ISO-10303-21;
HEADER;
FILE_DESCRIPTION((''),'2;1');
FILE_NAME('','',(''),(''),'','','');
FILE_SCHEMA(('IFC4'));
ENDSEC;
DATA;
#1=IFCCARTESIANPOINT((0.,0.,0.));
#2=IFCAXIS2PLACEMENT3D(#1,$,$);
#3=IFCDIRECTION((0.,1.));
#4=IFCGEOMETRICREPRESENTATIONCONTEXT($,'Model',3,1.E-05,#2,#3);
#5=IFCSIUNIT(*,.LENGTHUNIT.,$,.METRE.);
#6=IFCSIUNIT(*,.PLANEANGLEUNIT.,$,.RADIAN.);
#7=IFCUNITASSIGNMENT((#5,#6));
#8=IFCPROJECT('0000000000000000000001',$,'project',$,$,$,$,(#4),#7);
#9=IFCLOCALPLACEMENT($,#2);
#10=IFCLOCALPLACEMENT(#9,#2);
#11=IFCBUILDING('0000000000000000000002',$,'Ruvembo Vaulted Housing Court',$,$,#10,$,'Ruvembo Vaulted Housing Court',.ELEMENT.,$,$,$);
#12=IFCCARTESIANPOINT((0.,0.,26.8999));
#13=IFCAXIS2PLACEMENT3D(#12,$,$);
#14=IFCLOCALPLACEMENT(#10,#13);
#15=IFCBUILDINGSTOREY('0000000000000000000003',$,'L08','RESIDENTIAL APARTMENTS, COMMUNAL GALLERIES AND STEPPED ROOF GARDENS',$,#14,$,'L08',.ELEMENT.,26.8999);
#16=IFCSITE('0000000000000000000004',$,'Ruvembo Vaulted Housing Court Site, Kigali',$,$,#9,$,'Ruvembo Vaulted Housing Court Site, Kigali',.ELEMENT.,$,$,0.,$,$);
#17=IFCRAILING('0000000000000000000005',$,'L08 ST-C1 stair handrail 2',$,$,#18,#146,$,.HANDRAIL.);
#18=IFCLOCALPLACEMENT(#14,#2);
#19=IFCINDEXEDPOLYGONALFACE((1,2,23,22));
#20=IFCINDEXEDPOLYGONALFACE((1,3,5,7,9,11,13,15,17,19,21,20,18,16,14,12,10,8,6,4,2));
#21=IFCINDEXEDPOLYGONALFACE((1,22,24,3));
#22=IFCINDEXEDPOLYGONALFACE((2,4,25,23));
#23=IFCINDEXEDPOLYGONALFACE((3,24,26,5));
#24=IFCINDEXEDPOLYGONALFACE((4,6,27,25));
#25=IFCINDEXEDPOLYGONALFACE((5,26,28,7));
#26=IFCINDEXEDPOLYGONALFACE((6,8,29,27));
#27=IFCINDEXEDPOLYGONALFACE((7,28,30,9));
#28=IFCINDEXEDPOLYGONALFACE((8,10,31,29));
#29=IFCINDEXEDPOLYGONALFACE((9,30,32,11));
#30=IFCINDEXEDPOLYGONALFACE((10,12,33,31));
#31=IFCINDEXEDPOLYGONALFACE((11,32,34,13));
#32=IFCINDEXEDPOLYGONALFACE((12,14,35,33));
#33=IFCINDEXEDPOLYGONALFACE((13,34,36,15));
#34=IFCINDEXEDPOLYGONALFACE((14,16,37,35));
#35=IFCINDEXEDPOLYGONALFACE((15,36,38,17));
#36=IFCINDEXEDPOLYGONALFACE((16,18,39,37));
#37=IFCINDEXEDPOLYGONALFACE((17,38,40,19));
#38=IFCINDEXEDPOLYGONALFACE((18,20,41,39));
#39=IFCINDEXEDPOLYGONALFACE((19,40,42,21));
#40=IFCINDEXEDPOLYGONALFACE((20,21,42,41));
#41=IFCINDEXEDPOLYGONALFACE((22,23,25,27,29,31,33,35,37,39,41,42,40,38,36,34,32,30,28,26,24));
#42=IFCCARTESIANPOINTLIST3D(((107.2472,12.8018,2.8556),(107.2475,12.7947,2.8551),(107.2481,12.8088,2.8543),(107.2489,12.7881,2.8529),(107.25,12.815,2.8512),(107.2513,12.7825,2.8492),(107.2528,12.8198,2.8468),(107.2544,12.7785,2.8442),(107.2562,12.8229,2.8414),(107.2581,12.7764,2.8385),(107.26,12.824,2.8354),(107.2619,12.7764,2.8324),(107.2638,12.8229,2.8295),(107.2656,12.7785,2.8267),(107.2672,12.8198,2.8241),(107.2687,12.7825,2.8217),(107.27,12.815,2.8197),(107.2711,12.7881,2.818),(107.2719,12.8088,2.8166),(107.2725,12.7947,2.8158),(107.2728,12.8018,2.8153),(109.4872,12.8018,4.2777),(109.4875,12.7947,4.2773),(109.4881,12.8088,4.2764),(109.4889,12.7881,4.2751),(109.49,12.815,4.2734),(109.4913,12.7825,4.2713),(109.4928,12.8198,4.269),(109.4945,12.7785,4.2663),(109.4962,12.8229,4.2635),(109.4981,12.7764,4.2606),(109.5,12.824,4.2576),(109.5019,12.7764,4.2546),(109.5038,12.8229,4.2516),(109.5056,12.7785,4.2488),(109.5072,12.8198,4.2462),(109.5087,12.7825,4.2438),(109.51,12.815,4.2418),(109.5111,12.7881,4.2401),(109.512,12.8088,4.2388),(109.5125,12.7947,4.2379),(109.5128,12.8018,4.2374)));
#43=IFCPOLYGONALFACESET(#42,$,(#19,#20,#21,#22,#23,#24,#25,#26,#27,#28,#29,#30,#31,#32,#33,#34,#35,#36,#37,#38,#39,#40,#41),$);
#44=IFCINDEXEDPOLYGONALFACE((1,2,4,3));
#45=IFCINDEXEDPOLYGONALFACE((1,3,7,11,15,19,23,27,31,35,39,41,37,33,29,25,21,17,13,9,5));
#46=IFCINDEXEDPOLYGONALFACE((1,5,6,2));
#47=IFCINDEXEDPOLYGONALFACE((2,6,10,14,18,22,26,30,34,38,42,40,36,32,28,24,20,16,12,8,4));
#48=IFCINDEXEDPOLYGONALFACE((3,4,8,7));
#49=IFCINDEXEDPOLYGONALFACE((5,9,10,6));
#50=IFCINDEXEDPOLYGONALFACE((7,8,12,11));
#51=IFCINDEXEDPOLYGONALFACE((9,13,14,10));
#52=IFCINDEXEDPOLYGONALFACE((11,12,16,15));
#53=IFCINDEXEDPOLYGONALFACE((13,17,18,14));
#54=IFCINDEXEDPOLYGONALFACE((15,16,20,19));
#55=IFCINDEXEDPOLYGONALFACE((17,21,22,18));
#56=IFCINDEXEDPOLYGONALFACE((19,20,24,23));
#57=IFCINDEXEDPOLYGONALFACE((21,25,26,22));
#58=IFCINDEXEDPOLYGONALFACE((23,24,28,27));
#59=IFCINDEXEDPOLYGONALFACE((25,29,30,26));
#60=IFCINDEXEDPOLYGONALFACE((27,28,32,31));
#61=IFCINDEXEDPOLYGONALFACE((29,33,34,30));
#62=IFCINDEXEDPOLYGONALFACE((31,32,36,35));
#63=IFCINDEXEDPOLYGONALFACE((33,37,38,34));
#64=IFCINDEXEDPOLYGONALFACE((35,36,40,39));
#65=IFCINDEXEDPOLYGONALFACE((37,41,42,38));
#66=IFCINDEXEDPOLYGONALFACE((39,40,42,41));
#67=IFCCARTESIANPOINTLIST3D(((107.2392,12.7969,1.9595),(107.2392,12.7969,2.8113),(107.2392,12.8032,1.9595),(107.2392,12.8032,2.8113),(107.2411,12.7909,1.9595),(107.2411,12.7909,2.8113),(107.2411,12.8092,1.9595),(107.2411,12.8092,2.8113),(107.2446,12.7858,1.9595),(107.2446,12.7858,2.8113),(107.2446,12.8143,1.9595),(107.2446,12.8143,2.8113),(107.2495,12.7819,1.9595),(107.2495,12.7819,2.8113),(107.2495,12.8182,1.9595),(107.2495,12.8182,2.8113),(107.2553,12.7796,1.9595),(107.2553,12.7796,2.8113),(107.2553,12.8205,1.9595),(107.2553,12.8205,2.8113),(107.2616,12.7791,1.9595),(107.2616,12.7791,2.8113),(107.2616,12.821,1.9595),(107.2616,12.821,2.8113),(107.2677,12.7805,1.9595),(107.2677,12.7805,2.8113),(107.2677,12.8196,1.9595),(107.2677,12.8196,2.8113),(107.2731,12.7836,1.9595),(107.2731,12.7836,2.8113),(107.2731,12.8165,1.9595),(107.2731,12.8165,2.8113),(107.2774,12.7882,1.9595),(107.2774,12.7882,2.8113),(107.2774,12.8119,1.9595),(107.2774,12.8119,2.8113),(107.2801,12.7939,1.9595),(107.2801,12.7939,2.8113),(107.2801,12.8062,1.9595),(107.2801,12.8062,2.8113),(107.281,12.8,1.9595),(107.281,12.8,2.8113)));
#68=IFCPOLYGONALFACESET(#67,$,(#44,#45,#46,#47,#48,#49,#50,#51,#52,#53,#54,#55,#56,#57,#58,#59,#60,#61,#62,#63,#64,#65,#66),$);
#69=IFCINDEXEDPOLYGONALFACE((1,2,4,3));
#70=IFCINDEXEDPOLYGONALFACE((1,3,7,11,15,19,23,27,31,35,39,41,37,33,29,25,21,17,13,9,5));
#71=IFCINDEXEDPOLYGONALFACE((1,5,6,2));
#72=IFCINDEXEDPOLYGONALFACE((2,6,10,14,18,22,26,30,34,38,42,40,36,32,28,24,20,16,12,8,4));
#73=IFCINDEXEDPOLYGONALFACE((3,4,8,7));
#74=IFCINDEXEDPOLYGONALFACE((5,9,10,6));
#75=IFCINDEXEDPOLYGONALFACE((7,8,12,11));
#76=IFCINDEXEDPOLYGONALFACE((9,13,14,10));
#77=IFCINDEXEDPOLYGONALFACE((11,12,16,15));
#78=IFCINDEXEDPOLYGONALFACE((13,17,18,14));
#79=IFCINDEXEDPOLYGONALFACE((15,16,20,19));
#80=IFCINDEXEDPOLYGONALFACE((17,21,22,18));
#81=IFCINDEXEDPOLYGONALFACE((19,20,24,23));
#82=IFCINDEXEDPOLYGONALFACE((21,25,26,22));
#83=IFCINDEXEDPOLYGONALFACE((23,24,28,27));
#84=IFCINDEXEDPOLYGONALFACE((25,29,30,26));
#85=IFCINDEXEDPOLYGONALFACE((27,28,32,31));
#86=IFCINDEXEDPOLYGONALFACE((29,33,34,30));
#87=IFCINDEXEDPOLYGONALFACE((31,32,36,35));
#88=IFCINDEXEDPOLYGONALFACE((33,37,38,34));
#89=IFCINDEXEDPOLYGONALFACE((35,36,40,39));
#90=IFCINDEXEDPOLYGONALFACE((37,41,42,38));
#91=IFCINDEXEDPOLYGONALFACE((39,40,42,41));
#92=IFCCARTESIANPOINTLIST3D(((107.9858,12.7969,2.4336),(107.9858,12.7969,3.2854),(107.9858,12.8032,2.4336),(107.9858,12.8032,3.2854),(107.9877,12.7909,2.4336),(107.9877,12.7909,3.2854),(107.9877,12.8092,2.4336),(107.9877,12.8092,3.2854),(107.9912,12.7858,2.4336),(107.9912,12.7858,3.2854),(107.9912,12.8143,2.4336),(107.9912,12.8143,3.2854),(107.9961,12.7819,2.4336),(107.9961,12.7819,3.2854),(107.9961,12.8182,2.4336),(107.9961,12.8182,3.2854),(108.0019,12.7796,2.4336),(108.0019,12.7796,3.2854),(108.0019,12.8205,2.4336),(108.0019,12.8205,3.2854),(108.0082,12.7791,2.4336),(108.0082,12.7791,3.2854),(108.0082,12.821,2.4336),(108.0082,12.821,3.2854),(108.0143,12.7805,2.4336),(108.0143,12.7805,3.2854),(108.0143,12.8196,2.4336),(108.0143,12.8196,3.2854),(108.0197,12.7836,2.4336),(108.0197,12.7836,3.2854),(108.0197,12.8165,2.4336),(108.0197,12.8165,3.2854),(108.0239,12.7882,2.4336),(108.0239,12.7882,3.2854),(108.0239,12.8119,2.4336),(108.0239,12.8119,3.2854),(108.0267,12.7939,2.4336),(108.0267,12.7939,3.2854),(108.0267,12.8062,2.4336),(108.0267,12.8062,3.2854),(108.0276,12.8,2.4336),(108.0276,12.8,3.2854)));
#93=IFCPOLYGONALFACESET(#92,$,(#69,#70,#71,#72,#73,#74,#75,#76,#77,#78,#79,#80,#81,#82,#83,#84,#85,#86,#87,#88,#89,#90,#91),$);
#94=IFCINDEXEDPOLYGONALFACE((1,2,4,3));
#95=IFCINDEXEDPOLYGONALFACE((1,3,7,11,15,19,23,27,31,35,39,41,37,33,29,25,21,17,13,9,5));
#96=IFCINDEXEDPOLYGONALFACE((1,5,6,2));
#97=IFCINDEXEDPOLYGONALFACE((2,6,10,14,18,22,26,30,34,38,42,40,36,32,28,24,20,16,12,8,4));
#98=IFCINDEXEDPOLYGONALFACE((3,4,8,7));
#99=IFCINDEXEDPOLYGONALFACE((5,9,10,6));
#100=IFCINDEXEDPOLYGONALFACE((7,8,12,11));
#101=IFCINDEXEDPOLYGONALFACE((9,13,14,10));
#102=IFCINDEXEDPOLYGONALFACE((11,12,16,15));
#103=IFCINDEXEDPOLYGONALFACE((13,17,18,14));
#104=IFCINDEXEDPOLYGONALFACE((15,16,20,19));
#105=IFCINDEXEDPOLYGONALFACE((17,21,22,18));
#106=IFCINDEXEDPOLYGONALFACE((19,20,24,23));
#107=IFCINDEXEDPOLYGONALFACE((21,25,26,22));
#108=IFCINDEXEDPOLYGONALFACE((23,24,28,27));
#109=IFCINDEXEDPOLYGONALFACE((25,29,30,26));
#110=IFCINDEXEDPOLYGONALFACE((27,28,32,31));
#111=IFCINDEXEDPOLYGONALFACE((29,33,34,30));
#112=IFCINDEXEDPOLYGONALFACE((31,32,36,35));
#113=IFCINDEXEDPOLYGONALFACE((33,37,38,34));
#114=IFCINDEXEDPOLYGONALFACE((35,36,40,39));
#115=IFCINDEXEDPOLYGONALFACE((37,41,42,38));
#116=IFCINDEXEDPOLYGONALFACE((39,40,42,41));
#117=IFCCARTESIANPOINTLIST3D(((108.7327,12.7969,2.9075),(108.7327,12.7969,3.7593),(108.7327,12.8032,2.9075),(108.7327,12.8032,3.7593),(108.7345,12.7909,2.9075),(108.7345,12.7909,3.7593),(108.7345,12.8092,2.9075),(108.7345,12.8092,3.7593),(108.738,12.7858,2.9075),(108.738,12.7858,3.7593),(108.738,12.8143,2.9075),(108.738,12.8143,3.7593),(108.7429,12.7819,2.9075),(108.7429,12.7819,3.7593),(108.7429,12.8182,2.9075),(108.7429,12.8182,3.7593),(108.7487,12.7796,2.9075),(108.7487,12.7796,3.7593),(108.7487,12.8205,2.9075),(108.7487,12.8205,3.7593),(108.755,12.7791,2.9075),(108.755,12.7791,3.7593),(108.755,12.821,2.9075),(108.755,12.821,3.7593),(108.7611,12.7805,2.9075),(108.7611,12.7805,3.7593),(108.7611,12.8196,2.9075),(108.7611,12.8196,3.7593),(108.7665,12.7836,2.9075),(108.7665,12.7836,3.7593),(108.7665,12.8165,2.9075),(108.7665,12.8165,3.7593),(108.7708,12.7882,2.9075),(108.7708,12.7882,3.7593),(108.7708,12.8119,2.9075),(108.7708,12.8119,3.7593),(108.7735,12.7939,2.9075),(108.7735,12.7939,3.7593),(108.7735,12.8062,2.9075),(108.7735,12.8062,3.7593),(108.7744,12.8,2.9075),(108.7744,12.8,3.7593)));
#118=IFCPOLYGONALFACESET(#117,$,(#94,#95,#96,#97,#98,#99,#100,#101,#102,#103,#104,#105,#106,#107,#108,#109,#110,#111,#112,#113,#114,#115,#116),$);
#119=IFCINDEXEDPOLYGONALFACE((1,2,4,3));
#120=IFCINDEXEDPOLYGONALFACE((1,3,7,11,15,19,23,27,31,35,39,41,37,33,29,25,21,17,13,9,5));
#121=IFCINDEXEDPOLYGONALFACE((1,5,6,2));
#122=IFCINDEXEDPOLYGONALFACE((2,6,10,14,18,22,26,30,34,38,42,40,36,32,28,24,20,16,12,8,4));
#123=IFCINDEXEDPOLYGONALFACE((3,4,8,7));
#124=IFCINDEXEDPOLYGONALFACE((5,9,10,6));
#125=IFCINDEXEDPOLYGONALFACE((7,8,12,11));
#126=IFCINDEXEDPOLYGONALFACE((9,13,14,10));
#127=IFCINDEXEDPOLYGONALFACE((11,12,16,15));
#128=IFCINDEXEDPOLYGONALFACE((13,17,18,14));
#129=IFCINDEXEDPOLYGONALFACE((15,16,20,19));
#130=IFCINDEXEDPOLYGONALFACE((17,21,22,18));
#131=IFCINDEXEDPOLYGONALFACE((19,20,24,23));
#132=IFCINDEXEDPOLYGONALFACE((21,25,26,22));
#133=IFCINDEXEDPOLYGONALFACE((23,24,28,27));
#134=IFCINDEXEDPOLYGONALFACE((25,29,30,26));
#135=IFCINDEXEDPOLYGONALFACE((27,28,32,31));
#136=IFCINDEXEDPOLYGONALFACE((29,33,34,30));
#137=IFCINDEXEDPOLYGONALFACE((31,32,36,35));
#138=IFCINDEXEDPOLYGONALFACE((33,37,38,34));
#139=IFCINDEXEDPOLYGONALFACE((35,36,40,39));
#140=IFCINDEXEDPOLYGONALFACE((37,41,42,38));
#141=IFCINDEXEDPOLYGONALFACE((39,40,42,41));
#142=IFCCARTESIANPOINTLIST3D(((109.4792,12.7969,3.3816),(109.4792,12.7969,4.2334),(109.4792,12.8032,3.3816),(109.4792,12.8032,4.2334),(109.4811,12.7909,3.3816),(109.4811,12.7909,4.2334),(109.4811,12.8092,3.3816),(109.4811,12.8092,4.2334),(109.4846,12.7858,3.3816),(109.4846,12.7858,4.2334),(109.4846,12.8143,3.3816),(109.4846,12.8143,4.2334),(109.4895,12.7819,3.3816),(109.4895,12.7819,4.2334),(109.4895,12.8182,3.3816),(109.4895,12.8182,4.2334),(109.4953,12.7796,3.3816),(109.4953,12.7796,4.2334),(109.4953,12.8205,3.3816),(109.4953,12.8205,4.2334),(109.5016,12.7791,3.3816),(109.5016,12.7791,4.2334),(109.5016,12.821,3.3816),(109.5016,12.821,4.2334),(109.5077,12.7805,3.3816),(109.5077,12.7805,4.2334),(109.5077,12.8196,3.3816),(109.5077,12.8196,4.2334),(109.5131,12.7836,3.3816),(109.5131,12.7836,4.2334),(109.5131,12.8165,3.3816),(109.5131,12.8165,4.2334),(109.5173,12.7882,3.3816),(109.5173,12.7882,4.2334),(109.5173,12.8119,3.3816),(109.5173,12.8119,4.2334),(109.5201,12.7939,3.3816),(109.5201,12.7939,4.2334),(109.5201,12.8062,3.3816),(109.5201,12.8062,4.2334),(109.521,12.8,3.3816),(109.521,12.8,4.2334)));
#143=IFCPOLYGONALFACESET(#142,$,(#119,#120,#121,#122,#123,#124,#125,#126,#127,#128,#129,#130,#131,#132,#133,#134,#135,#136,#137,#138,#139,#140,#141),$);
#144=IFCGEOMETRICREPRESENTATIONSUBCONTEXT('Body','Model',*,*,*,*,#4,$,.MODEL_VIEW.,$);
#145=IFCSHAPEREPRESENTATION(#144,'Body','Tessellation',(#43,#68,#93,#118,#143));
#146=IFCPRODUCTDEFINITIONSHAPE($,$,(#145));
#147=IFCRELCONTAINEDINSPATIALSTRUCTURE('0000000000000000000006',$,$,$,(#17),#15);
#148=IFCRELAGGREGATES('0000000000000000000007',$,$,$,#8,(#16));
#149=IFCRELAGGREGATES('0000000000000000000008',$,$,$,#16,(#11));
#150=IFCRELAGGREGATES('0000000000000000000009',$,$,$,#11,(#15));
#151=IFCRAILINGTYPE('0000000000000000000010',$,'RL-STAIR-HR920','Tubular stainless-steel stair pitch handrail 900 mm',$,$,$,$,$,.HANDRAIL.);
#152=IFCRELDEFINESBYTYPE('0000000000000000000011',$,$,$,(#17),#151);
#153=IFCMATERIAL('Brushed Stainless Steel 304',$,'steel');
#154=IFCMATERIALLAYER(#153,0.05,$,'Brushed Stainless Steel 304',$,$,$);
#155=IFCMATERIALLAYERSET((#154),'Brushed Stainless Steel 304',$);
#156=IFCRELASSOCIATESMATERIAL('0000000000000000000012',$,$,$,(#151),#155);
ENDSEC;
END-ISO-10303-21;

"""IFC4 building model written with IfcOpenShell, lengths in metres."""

from ifc_helpers import new_model, si_unit, direction, frame, origin, origin_2d, place, context, subcontext, project, spatial, circle, extrude, material, layer, layer_set, type_object, element, save


model = new_model("IFC4")

# Units and contexts
model_context = context("Model", 3, precision=1e-05, world=origin(), true_north=direction((0.0, 1.0)))
body_context = subcontext(model_context, "Body", "Model", "MODEL_VIEW")
ifc_project = project(units=[si_unit("LENGTHUNIT", "METRE"), si_unit("PLANEANGLEUNIT", "RADIAN")], contexts=[model_context])

# Site, building, storey
site_placement = place(None, origin())
site = spatial("IfcSite", under=ifc_project, at=site_placement, Name="Ruvembo Vaulted Housing Court Site, Kigali", LongName="Ruvembo Vaulted Housing Court Site, Kigali", CompositionType="ELEMENT", RefElevation=0.0)
building_placement = place(site_placement, origin())
building = spatial("IfcBuilding", under=site, at=building_placement, Name="Ruvembo Vaulted Housing Court", LongName="Ruvembo Vaulted Housing Court", CompositionType="ELEMENT")
storey_placement = place(building_placement, frame((0.0, 0.0, 26.8999)))
storey = spatial("IfcBuildingStorey", under=building, at=storey_placement, Name="L08", Description="RESIDENTIAL APARTMENTS, COMMUNAL GALLERIES AND STEPPED ROOF GARDENS", LongName="L08", CompositionType="ELEMENT", Elevation=26.8999)

# Railing
ifc_material_1 = material(Name="Brushed Stainless Steel 304", Category="steel")
ifc_layer_1 = layer(ifc_material_1, 0.05, Name="Brushed Stainless Steel 304")
ifc_layer_set_1 = layer_set([ifc_layer_1], Name="Brushed Stainless Steel 304")
railing_type_1 = type_object("IfcRailingType", Name="RL-STAIR-HR920", Description="Tubular stainless-steel stair pitch handrail 900 mm", PredefinedType="HANDRAIL", material=ifc_layer_set_1)
railing_1_placement = place(storey_placement, frame((107.26, 12.8, 1.9595)))
element("IfcRailing", 1, at=railing_1_placement, inside=storey, type_object=railing_type_1, Name="L08 ST-C1 stair handrail 2", PredefinedType="HANDRAIL", context=body_context, shape_type="SweptSolid", body=[
    extrude(circle(Radius=0.0239, at=origin_2d()), frame((0.0, 0.0, 0.876), z_axis=(0.844229, 0.0, 0.535982), x_axis=(0.0, 1.0, 0.0)), (0.0, 0.0, 1.0), 2.6533),
    extrude(circle(Radius=0.021, at=origin_2d()), origin(), (0.0, 0.0, 1.0), 0.8518),
    extrude(circle(Radius=0.021, at=origin_2d()), frame((0.7466, 0.0, 0.4741)), (0.0, 0.0, 1.0), 0.8518),
    extrude(circle(Radius=0.021, at=origin_2d()), frame((1.4934, 0.0, 0.948)), (0.0, 0.0, 1.0), 0.8518),
    extrude(circle(Radius=0.021, at=origin_2d()), frame((2.24, 0.0, 1.4221)), (0.0, 0.0, 1.0), 0.8518),
])

save(model, "model.ifc")
